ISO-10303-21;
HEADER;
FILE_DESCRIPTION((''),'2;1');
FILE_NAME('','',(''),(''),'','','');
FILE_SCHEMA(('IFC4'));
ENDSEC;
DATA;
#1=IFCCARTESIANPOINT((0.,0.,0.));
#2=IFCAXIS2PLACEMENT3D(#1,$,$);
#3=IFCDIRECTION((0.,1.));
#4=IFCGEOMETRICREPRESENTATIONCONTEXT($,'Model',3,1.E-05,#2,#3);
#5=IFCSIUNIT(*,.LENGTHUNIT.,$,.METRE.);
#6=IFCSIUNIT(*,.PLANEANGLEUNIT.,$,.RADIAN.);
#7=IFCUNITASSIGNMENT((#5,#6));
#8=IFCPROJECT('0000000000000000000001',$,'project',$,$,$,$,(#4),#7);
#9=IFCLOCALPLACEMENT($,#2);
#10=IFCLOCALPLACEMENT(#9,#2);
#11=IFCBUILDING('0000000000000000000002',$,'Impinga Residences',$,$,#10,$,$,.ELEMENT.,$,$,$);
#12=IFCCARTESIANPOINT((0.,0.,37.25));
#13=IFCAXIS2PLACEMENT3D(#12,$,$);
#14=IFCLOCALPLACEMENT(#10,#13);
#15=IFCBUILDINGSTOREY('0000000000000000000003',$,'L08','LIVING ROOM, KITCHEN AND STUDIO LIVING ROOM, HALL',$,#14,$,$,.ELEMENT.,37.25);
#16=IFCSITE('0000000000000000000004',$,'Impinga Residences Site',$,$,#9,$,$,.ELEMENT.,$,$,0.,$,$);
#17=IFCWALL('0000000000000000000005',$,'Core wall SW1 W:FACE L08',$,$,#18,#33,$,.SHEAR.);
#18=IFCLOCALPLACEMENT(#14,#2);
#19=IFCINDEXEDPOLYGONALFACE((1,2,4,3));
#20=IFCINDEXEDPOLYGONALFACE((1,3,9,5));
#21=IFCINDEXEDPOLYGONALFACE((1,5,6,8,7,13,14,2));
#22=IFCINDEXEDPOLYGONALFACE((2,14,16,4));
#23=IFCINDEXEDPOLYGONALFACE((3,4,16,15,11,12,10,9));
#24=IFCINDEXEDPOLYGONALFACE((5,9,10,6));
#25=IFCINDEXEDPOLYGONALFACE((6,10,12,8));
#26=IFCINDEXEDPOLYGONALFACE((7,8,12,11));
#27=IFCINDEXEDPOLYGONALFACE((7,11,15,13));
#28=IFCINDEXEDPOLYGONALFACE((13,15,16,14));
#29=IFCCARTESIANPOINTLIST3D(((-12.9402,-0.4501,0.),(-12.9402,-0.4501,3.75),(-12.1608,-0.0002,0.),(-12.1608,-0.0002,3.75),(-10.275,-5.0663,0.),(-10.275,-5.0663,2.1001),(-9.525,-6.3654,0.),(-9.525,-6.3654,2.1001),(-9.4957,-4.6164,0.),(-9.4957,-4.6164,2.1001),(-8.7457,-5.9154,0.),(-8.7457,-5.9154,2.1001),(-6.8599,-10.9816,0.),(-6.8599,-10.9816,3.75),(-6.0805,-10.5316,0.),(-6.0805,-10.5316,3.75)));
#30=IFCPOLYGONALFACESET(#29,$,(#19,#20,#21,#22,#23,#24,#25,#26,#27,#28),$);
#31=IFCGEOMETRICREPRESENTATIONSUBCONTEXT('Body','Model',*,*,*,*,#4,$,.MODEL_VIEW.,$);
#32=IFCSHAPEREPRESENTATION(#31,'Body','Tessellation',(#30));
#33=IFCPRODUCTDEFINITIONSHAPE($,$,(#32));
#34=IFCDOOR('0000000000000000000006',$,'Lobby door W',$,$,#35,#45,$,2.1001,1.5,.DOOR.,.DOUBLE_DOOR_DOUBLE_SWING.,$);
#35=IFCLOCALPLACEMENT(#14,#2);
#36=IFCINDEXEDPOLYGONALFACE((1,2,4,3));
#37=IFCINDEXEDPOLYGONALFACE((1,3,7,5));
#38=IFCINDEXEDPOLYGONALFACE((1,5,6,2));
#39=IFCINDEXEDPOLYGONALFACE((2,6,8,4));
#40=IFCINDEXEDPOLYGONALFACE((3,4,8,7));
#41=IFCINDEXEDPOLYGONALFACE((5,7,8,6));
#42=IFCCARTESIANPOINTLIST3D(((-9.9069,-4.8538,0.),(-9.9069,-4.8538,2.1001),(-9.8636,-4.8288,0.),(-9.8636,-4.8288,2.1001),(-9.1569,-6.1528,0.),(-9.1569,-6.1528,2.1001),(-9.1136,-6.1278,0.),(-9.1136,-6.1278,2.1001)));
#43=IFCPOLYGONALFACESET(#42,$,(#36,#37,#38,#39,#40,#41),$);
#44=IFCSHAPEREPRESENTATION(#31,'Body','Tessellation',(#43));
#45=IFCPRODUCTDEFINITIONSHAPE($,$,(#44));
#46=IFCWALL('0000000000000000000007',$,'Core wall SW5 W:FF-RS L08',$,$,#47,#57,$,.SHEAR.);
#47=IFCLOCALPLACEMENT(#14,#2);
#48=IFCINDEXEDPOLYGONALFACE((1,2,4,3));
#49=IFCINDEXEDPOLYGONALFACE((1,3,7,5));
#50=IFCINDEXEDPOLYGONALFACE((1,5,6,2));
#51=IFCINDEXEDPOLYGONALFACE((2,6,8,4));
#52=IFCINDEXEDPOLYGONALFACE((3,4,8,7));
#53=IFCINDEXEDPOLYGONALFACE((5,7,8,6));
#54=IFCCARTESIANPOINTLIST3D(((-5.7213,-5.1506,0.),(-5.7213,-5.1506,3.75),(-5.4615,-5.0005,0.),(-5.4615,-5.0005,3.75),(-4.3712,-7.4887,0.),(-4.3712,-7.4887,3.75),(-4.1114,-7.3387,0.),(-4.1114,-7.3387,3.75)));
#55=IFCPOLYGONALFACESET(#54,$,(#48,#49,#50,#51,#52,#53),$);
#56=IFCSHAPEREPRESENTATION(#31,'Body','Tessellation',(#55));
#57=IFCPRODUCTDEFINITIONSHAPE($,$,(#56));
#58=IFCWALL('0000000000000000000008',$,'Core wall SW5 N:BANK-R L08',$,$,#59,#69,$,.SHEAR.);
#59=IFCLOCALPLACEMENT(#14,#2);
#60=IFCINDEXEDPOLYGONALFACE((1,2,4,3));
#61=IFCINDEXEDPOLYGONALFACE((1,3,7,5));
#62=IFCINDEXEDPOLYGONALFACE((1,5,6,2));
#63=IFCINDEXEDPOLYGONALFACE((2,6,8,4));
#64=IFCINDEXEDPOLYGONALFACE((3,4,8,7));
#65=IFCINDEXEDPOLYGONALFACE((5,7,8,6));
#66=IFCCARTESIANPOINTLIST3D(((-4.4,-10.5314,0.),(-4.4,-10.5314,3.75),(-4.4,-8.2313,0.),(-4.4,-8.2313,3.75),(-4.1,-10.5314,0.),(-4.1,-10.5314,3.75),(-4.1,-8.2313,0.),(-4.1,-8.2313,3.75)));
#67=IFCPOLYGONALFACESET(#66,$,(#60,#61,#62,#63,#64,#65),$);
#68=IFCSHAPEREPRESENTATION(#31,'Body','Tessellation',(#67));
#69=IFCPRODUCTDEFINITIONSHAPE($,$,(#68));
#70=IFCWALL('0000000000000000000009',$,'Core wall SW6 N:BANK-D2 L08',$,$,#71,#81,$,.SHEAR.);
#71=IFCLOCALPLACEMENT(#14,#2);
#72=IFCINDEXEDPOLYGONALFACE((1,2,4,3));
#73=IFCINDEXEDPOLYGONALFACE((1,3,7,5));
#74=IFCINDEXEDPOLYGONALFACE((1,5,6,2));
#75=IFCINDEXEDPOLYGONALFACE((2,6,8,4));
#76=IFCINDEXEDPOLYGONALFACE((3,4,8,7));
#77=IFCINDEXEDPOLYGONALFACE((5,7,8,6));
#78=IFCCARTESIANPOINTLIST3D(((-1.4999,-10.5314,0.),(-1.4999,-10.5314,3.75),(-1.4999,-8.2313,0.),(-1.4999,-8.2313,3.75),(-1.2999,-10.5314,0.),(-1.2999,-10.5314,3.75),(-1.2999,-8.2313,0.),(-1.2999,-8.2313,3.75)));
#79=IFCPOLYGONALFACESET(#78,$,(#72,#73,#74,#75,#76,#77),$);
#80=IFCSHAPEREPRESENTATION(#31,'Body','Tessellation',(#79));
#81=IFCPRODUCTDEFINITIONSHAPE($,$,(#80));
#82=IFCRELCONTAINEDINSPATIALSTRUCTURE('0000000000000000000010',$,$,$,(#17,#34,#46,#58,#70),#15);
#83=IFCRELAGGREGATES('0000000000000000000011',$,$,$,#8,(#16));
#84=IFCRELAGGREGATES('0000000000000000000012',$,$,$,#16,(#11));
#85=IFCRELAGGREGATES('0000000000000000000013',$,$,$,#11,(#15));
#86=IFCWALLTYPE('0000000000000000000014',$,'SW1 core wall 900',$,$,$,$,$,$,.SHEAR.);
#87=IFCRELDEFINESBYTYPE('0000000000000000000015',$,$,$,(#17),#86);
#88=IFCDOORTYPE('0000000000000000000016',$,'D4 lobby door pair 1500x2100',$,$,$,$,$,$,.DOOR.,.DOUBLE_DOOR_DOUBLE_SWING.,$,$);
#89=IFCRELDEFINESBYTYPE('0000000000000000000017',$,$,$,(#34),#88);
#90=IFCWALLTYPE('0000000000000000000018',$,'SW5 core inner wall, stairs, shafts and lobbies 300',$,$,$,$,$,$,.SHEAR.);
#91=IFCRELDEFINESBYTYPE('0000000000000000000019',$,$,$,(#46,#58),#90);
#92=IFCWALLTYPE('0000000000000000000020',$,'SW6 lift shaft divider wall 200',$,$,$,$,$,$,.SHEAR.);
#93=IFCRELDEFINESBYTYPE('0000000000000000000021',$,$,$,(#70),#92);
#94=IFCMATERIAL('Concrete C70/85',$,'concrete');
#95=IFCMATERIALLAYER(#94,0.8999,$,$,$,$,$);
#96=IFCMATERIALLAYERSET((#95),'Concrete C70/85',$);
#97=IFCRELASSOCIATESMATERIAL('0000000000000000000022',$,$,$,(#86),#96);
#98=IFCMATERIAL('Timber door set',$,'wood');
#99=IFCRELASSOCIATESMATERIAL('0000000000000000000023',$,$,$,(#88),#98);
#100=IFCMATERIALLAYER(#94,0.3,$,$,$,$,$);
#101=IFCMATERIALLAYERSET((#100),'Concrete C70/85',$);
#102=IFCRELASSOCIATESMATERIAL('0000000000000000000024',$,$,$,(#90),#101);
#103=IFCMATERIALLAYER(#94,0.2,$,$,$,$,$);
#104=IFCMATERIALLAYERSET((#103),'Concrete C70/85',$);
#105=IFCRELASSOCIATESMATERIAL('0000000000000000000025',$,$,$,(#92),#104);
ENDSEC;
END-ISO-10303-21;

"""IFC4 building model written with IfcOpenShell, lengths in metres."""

from ifc_helpers import new_model, si_unit, direction, frame, frame_2d, origin, place, context, subcontext, project, spatial, rectangle, extrude, material, layer, layer_set, type_object, element, fill, save


model = new_model("IFC4")

# Units and contexts
model_context = context("Model", 3, precision=1e-05, world=origin(), true_north=direction((0.0, 1.0)))
body_context = subcontext(model_context, "Body", "Model", "MODEL_VIEW")
ifc_project = project(units=[si_unit("LENGTHUNIT", "METRE"), si_unit("PLANEANGLEUNIT", "RADIAN")], contexts=[model_context])

# Site, building, storey
site_placement = place(None, origin())
site = spatial("IfcSite", under=ifc_project, at=site_placement, Name="Impinga Residences Site", CompositionType="ELEMENT", RefElevation=0.0)
building_placement = place(site_placement, origin())
building = spatial("IfcBuilding", under=site, at=building_placement, Name="Impinga Residences", CompositionType="ELEMENT")
storey_placement = place(building_placement, frame((0.0, 0.0, 37.25)))
storey = spatial("IfcBuildingStorey", under=building, at=storey_placement, Name="L08", Description="LIVING ROOM, KITCHEN AND STUDIO LIVING ROOM, HALL", CompositionType="ELEMENT", Elevation=37.25)

# Shared definitions
ifc_material_1 = material(Name="Concrete C70/85", Category="concrete")

# Wall, opening, door
ifc_layer_1 = layer(ifc_material_1, 0.8999)
ifc_layer_set_1 = layer_set([ifc_layer_1], Name="Concrete C70/85")
wall_type_1 = type_object("IfcWallType", Name="SW1 core wall 900", PredefinedType="SHEAR", material=ifc_layer_set_1)
wall_1_placement = place(storey_placement, frame((-6.4702, -10.7566, 0.0), z_axis=(0.0, 0.0, 1.0), x_axis=(-0.499998, 0.866027, 0.0)))
wall_1 = element("IfcWall", 1, at=wall_1_placement, inside=storey, type_object=wall_type_1, Name="Core wall SW1 W:FACE L08", PredefinedType="SHEAR", context=body_context, shape_type="SweptSolid", body=[
    extrude(rectangle(XDim=12.1606, YDim=0.8999, at=frame_2d((6.0803, 0.0))), origin(), (0.0, 0.0, 1.0), 3.75),
])
opening_1_placement = place(wall_1_placement, frame((5.3303, 0.0, 0.0)))
opening_1 = element("IfcOpeningElement", 2, at=opening_1_placement, cuts=wall_1, PredefinedType="OPENING", context=body_context, shape_type="SweptSolid", body=[
    extrude(rectangle(XDim=1.5, YDim=2.1001, at=frame_2d((0.75, 1.05))), frame((0.0, 0.46, 0.0), z_axis=(0.0, -1.0, 0.0), x_axis=(1.0, 0.0, 0.0)), (0.0, 0.0, 1.0), 0.9199),
])
ifc_material_2 = material(Name="Timber door set", Category="wood")
door_type = type_object("IfcDoorType", Name="D4 lobby door pair 1500x2100", OperationType="DOUBLE_DOOR_DOUBLE_SWING", PredefinedType="DOOR", material=ifc_material_2)
door_placement = place(opening_1_placement, origin())
door = element("IfcDoor", 3, at=door_placement, inside=storey, type_object=door_type, Name="Lobby door W", OperationType="DOUBLE_DOOR_DOUBLE_SWING", OverallHeight=2.1001, OverallWidth=1.5, PredefinedType="DOOR", context=body_context, shape_type="SweptSolid", body=[
    extrude(rectangle(XDim=1.5, YDim=2.1001, at=frame_2d((0.75, 1.05))), frame((0.0, 0.0249, 0.0), z_axis=(0.0, -1.0, 0.0), x_axis=(1.0, 0.0, 0.0)), (0.0, 0.0, 1.0), 0.05),
])
fill(opening_1, door)

# Walls
ifc_layer_2 = layer(ifc_material_1, 0.3)
ifc_layer_set_2 = layer_set([ifc_layer_2], Name="Concrete C70/85")
wall_type_2 = type_object("IfcWallType", Name="SW5 core inner wall, stairs, shafts and lobbies 300", PredefinedType="SHEAR", material=ifc_layer_set_2)
wall_2_placement = place(storey_placement, frame((-4.2412, -7.4138, 0.0), z_axis=(0.0, 0.0, 1.0), x_axis=(-0.500049, 0.865997, 0.0)))
element("IfcWall", 4, at=wall_2_placement, inside=storey, type_object=wall_type_2, Name="Core wall SW5 W:FF-RS L08", PredefinedType="SHEAR", context=body_context, shape_type="SweptSolid", body=[
    extrude(rectangle(XDim=2.7, YDim=0.3, at=frame_2d((1.3501, 0.0))), origin(), (0.0, 0.0, 1.0), 3.75),
])
wall_3_placement = place(storey_placement, frame((-4.25, -8.2314, 0.0), z_axis=(0.0, 0.0, 1.0), x_axis=(0.0, -1.0, 0.0)))
element("IfcWall", 5, at=wall_3_placement, inside=storey, type_object=wall_type_2, Name="Core wall SW5 N:BANK-R L08", PredefinedType="SHEAR", context=body_context, shape_type="SweptSolid", body=[
    extrude(rectangle(XDim=2.3, YDim=0.3, at=frame_2d((1.1499, 0.0))), origin(), (0.0, 0.0, 1.0), 3.75),
])
ifc_layer_3 = layer(ifc_material_1, 0.2)
ifc_layer_set_3 = layer_set([ifc_layer_3], Name="Concrete C70/85")
wall_type_3 = type_object("IfcWallType", Name="SW6 lift shaft divider wall 200", PredefinedType="SHEAR", material=ifc_layer_set_3)
wall_4_placement = place(storey_placement, frame((-1.3999, -8.2314, 0.0), z_axis=(0.0, 0.0, 1.0), x_axis=(0.0, -1.0, 0.0)))
element("IfcWall", 6, at=wall_4_placement, inside=storey, type_object=wall_type_3, Name="Core wall SW6 N:BANK-D2 L08", PredefinedType="SHEAR", context=body_context, shape_type="SweptSolid", body=[
    extrude(rectangle(XDim=2.3, YDim=0.2, at=frame_2d((1.1499, 0.0))), origin(), (0.0, 0.0, 1.0), 3.75),
])

save(model, "model.ifc")
